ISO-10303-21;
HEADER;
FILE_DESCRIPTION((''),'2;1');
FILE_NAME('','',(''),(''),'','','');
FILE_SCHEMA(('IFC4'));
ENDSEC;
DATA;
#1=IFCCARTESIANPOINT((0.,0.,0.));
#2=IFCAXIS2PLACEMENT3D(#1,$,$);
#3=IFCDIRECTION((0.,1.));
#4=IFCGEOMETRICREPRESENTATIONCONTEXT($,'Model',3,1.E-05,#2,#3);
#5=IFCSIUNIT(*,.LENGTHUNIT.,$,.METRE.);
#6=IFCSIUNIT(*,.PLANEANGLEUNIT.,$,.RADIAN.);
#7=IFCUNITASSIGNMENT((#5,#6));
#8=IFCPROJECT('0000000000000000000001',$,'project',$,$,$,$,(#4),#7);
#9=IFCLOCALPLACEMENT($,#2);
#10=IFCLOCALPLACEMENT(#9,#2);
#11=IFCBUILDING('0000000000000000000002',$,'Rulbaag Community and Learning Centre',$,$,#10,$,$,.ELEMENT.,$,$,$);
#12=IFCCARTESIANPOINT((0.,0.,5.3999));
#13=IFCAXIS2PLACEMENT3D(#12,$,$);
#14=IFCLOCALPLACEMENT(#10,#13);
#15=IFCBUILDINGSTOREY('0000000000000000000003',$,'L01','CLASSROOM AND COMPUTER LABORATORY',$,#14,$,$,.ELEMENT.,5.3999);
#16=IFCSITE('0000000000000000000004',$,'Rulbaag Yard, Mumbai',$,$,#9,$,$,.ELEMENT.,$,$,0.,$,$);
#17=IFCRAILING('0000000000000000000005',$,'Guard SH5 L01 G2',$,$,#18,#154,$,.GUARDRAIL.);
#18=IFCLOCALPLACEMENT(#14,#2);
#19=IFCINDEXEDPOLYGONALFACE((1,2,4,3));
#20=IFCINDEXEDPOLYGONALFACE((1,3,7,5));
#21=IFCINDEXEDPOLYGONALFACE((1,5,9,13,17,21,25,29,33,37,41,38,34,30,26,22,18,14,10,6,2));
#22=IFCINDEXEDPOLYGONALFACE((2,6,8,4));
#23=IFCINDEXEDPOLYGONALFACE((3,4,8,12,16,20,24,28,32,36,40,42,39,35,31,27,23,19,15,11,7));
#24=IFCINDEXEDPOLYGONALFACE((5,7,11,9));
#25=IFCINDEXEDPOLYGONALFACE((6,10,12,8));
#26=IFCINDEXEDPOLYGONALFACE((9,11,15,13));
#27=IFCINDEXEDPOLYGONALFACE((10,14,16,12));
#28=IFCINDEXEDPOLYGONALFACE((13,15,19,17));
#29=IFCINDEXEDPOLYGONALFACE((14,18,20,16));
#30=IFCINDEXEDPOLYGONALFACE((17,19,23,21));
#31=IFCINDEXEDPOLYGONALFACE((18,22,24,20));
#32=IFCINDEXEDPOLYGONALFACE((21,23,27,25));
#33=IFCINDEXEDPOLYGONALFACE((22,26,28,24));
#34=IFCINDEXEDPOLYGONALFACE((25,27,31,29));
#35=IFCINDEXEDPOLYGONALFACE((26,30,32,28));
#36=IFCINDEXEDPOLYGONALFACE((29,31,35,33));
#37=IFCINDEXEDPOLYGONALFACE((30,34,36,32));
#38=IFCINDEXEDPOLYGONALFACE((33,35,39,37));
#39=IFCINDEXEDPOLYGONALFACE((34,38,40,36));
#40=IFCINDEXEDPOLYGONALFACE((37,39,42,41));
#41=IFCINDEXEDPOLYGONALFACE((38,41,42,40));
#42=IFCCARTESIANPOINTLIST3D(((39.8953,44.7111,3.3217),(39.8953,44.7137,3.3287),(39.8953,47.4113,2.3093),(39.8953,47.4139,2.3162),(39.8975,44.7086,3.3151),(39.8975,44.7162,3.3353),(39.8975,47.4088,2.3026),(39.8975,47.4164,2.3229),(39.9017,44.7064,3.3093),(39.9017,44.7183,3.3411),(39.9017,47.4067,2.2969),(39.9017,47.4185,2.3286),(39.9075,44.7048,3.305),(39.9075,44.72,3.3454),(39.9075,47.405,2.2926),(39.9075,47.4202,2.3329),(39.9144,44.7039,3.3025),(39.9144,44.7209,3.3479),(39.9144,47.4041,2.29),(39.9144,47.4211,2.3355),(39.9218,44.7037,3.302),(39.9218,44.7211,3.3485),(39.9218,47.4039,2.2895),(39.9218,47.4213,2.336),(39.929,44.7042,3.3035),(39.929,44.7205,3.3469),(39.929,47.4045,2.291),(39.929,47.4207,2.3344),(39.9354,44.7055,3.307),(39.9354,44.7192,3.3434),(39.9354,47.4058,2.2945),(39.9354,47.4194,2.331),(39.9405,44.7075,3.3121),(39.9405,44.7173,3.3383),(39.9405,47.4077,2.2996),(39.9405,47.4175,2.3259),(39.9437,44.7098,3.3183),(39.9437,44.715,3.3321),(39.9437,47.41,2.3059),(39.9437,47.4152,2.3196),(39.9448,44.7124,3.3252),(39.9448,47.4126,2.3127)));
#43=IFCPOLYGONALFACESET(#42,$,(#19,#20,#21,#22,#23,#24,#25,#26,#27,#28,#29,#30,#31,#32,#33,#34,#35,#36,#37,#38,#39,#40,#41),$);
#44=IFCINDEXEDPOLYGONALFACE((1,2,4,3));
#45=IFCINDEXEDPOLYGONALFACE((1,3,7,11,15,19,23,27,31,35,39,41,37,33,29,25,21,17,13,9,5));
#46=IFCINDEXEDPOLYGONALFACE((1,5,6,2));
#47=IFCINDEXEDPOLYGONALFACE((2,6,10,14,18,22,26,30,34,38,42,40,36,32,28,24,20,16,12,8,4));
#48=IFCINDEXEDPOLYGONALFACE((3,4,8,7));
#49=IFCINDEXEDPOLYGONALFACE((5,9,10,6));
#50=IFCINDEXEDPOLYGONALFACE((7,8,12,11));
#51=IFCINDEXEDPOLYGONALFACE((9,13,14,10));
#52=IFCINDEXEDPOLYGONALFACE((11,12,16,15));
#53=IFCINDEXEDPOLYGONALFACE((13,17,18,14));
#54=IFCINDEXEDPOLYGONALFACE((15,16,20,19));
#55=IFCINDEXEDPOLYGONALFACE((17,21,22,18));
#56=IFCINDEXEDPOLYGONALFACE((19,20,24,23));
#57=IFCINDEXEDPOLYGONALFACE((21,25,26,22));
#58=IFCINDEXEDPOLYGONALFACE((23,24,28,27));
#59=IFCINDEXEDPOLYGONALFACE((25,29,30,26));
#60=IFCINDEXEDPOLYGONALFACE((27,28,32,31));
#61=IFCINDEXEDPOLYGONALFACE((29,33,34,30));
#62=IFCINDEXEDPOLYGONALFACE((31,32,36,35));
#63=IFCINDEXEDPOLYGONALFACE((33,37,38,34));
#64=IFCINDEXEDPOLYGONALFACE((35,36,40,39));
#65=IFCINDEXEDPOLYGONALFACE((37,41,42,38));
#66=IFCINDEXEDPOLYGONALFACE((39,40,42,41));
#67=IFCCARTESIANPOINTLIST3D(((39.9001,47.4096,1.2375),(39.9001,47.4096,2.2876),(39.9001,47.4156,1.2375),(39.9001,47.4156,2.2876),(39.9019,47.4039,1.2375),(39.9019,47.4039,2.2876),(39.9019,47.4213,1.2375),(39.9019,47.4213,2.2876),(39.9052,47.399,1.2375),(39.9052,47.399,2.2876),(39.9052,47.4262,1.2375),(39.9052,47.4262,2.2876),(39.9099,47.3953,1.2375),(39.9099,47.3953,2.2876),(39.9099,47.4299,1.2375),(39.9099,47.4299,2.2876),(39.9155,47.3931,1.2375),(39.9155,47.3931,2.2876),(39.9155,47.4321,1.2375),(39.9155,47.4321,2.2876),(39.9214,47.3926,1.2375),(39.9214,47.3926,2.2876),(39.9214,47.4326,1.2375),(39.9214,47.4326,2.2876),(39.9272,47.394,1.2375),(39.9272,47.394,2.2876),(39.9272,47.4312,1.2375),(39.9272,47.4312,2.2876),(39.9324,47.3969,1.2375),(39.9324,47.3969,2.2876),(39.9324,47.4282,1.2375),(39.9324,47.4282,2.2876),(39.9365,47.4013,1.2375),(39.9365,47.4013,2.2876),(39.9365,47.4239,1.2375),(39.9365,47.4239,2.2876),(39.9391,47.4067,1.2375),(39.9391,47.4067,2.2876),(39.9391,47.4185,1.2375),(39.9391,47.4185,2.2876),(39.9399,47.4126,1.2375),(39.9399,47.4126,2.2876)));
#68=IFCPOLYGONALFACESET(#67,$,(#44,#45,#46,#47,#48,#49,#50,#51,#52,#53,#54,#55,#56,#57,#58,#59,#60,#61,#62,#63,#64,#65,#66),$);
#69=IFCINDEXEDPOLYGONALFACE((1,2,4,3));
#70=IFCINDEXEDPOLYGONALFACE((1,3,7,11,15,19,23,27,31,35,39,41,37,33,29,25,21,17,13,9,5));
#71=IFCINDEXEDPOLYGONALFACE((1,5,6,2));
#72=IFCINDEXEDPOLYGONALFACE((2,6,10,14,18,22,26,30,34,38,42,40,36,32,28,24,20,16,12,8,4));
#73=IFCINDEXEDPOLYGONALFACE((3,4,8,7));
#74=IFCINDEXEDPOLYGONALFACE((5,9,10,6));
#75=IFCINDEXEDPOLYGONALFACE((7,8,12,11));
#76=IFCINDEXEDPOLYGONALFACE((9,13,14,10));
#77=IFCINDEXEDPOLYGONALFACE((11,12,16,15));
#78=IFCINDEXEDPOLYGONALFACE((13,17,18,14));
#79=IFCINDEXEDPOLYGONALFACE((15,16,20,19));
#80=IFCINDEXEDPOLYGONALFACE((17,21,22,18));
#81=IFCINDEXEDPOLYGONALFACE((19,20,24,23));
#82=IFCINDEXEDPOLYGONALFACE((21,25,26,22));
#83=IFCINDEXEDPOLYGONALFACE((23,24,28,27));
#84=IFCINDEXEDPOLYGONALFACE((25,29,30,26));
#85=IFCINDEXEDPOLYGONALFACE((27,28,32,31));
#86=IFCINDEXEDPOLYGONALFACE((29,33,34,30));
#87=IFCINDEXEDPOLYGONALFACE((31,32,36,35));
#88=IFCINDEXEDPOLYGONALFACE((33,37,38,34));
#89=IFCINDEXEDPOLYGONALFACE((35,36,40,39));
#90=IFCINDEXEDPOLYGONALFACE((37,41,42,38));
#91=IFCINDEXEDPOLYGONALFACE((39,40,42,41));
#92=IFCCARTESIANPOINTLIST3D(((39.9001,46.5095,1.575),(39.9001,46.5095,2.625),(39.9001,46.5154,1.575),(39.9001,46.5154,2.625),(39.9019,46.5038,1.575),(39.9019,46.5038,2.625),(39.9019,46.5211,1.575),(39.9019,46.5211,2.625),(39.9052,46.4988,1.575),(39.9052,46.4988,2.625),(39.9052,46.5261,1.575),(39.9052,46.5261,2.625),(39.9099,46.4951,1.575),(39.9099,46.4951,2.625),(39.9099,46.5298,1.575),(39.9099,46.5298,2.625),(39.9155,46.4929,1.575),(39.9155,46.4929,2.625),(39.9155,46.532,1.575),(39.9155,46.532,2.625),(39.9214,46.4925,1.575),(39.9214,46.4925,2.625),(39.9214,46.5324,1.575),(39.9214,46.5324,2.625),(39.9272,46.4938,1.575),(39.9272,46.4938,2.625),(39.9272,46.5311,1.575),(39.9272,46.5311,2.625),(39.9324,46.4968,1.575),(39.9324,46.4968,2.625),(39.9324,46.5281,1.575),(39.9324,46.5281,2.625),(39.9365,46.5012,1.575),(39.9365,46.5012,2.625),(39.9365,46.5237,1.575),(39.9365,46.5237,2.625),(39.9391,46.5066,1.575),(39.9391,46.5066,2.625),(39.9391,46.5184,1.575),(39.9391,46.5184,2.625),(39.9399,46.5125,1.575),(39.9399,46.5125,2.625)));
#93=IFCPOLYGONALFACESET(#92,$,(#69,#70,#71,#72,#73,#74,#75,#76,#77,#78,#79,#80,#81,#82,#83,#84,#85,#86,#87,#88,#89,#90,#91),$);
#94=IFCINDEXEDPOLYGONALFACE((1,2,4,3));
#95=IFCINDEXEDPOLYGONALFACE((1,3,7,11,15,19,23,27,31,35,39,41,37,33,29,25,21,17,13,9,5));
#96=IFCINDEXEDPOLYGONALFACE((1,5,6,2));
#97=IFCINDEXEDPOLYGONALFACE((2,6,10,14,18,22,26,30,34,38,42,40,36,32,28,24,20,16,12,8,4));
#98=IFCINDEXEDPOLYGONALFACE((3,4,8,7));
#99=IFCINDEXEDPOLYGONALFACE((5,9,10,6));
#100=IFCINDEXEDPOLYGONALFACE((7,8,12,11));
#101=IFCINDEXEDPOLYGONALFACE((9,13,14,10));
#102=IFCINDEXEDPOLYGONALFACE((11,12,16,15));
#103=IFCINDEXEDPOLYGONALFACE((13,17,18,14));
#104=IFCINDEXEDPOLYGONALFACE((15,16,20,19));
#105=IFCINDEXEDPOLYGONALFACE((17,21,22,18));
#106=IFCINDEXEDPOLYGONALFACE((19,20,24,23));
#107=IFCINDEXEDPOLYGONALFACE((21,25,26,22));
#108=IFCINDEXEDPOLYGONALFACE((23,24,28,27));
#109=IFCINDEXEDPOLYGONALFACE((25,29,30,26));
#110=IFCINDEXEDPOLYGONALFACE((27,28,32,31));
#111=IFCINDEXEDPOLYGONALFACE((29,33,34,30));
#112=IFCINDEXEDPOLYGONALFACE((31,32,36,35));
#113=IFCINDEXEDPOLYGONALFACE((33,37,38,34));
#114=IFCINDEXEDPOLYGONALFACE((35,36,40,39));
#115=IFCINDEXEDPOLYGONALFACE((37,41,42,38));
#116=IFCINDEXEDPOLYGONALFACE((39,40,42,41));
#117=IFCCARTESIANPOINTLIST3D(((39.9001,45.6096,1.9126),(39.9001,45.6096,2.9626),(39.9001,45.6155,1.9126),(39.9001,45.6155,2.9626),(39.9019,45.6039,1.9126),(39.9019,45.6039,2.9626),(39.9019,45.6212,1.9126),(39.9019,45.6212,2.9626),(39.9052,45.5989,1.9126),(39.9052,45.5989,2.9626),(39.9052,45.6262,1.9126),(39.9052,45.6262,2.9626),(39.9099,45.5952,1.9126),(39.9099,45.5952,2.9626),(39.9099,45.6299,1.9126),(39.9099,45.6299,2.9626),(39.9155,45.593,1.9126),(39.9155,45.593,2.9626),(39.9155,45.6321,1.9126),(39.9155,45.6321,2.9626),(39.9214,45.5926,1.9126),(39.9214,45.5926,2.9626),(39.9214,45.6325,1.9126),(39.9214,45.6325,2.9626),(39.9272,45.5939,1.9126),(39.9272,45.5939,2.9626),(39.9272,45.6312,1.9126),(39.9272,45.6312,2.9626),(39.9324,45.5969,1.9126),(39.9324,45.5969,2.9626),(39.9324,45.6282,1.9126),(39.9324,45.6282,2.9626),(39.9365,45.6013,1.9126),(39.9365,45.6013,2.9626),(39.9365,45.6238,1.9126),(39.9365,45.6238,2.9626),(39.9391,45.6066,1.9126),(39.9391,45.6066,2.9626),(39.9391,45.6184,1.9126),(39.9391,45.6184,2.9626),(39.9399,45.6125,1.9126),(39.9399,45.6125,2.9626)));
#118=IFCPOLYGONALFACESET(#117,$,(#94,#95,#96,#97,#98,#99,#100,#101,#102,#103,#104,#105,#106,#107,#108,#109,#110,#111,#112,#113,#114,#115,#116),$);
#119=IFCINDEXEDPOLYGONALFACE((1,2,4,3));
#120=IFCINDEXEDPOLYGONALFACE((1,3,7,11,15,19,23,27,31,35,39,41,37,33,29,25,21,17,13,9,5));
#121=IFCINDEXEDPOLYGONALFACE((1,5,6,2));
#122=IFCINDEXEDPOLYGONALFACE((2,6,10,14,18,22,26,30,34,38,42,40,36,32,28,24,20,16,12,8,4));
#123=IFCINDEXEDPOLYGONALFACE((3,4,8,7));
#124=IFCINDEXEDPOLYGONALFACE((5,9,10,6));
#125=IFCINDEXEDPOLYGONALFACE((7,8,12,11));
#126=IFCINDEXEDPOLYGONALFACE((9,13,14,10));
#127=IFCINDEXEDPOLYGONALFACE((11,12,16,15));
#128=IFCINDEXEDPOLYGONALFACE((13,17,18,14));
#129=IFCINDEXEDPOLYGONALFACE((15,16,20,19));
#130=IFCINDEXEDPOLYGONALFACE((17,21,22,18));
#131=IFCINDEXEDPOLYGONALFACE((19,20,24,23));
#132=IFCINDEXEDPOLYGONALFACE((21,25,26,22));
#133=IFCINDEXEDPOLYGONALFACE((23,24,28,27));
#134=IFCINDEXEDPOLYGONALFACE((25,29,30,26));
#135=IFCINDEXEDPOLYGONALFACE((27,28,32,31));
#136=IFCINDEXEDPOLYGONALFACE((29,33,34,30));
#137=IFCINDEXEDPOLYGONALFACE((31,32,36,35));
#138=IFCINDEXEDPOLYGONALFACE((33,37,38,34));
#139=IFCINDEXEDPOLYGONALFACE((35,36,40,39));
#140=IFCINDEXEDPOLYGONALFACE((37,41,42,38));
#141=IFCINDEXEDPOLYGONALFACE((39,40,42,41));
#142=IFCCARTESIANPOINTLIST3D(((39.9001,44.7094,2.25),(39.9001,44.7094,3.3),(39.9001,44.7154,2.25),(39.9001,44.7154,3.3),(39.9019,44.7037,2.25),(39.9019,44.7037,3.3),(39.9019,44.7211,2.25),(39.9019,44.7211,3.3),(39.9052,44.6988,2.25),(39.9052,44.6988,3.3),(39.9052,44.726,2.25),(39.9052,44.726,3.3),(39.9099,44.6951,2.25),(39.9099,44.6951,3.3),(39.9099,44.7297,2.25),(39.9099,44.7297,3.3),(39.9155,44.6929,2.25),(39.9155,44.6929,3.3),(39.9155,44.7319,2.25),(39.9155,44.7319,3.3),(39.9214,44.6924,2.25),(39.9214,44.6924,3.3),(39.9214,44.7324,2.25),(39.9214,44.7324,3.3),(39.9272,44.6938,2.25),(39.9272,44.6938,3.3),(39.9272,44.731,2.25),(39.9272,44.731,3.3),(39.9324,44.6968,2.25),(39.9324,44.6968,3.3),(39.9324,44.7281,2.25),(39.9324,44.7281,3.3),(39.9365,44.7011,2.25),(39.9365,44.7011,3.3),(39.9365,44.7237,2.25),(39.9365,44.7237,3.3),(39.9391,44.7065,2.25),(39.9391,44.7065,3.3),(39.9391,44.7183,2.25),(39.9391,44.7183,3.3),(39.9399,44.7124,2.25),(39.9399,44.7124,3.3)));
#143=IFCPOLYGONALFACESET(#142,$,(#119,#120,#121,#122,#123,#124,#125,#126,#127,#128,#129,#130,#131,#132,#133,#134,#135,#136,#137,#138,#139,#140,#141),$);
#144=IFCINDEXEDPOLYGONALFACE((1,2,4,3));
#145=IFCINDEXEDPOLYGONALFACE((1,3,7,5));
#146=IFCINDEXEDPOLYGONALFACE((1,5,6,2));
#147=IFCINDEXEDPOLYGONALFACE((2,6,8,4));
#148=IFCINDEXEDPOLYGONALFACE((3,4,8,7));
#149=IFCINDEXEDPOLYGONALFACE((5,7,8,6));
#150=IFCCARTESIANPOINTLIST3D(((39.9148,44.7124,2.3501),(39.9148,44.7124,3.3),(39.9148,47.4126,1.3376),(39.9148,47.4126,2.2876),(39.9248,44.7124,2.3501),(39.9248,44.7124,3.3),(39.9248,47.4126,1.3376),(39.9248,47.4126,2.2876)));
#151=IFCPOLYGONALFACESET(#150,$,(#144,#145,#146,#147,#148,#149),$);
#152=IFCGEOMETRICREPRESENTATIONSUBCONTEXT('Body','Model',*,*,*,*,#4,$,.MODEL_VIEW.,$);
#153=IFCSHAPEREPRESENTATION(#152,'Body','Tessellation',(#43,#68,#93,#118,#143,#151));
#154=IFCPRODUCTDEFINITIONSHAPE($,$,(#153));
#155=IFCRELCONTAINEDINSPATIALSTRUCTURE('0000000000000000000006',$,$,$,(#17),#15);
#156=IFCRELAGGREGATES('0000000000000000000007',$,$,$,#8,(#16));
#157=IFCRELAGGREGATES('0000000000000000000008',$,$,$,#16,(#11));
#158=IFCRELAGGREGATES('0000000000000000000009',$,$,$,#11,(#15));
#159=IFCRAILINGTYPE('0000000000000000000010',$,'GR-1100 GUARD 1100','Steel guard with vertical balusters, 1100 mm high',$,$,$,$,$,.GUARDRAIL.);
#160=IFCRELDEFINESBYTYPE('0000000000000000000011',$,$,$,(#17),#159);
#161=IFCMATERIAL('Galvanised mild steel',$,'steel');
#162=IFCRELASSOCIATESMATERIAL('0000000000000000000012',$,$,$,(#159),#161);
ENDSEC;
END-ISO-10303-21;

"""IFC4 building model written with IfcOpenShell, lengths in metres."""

from ifc_helpers import new_model, si_unit, direction, frame, origin, origin_2d, place, context, subcontext, project, spatial, polyline, circle, outline, extrude, material, type_object, element, save


model = new_model("IFC4")

# Units and contexts
model_context = context("Model", 3, precision=1e-05, world=origin(), true_north=direction((0.0, 1.0)))
body_context = subcontext(model_context, "Body", "Model", "MODEL_VIEW")
ifc_project = project(units=[si_unit("LENGTHUNIT", "METRE"), si_unit("PLANEANGLEUNIT", "RADIAN")], contexts=[model_context])

# Site, building, storey
site_placement = place(None, origin())
site = spatial("IfcSite", under=ifc_project, at=site_placement, Name="Rulbaag Yard, Mumbai", CompositionType="ELEMENT", RefElevation=0.0)
building_placement = place(site_placement, origin())
building = spatial("IfcBuilding", under=site, at=building_placement, Name="Rulbaag Community and Learning Centre", CompositionType="ELEMENT")
storey_placement = place(building_placement, frame((0.0, 0.0, 5.3999)))
storey = spatial("IfcBuildingStorey", under=building, at=storey_placement, Name="L01", Description="CLASSROOM AND COMPUTER LABORATORY", CompositionType="ELEMENT", Elevation=5.3999)

# Railing
ifc_material_1 = material(Name="Galvanised mild steel", Category="steel")
railing_type_1 = type_object("IfcRailingType", Name="GR-1100 GUARD 1100", Description="Steel guard with vertical balusters, 1100 mm high", PredefinedType="GUARDRAIL", material=ifc_material_1)
railing_1_placement = place(storey_placement, frame((39.9199, 47.4126, 1.2375)))
element("IfcRailing", 1, at=railing_1_placement, inside=storey, type_object=railing_type_1, Name="Guard SH5 L01 G2", PredefinedType="GUARDRAIL", context=body_context, shape_type="SweptSolid", body=[
    extrude(circle(Radius=0.0249, at=origin_2d()), frame((0.0, 0.0, 1.0752), z_axis=(0.0, -0.936343, 0.351086), x_axis=(1.0, 0.0, 0.0)), (0.0, 0.0, 1.0), 2.8838),
    extrude(circle(Radius=0.02, at=origin_2d()), origin(), (0.0, 0.0, 1.0), 1.05),
    extrude(circle(Radius=0.02, at=origin_2d()), frame((0.0, -0.9001, 0.3374)), (0.0, 0.0, 1.0), 1.05),
    extrude(circle(Radius=0.02, at=origin_2d()), frame((0.0, -1.8, 0.675)), (0.0, 0.0, 1.0), 1.05),
    extrude(circle(Radius=0.02, at=origin_2d()), frame((0.0, -2.7002, 1.0125)), (0.0, 0.0, 1.0), 1.05),
    extrude(outline(polyline([(0.0, 0.0), (2.7002, 1.0125), (2.7002, 1.9624), (0.0, 0.95), (0.0, 0.0)])), frame((0.0049, 0.0, 0.1001), z_axis=(-1.0, 0.0, 0.0), x_axis=(0.0, -1.0, 0.0)), (0.0, 0.0, 1.0), 0.01),
])

save(model, "model.ifc")
